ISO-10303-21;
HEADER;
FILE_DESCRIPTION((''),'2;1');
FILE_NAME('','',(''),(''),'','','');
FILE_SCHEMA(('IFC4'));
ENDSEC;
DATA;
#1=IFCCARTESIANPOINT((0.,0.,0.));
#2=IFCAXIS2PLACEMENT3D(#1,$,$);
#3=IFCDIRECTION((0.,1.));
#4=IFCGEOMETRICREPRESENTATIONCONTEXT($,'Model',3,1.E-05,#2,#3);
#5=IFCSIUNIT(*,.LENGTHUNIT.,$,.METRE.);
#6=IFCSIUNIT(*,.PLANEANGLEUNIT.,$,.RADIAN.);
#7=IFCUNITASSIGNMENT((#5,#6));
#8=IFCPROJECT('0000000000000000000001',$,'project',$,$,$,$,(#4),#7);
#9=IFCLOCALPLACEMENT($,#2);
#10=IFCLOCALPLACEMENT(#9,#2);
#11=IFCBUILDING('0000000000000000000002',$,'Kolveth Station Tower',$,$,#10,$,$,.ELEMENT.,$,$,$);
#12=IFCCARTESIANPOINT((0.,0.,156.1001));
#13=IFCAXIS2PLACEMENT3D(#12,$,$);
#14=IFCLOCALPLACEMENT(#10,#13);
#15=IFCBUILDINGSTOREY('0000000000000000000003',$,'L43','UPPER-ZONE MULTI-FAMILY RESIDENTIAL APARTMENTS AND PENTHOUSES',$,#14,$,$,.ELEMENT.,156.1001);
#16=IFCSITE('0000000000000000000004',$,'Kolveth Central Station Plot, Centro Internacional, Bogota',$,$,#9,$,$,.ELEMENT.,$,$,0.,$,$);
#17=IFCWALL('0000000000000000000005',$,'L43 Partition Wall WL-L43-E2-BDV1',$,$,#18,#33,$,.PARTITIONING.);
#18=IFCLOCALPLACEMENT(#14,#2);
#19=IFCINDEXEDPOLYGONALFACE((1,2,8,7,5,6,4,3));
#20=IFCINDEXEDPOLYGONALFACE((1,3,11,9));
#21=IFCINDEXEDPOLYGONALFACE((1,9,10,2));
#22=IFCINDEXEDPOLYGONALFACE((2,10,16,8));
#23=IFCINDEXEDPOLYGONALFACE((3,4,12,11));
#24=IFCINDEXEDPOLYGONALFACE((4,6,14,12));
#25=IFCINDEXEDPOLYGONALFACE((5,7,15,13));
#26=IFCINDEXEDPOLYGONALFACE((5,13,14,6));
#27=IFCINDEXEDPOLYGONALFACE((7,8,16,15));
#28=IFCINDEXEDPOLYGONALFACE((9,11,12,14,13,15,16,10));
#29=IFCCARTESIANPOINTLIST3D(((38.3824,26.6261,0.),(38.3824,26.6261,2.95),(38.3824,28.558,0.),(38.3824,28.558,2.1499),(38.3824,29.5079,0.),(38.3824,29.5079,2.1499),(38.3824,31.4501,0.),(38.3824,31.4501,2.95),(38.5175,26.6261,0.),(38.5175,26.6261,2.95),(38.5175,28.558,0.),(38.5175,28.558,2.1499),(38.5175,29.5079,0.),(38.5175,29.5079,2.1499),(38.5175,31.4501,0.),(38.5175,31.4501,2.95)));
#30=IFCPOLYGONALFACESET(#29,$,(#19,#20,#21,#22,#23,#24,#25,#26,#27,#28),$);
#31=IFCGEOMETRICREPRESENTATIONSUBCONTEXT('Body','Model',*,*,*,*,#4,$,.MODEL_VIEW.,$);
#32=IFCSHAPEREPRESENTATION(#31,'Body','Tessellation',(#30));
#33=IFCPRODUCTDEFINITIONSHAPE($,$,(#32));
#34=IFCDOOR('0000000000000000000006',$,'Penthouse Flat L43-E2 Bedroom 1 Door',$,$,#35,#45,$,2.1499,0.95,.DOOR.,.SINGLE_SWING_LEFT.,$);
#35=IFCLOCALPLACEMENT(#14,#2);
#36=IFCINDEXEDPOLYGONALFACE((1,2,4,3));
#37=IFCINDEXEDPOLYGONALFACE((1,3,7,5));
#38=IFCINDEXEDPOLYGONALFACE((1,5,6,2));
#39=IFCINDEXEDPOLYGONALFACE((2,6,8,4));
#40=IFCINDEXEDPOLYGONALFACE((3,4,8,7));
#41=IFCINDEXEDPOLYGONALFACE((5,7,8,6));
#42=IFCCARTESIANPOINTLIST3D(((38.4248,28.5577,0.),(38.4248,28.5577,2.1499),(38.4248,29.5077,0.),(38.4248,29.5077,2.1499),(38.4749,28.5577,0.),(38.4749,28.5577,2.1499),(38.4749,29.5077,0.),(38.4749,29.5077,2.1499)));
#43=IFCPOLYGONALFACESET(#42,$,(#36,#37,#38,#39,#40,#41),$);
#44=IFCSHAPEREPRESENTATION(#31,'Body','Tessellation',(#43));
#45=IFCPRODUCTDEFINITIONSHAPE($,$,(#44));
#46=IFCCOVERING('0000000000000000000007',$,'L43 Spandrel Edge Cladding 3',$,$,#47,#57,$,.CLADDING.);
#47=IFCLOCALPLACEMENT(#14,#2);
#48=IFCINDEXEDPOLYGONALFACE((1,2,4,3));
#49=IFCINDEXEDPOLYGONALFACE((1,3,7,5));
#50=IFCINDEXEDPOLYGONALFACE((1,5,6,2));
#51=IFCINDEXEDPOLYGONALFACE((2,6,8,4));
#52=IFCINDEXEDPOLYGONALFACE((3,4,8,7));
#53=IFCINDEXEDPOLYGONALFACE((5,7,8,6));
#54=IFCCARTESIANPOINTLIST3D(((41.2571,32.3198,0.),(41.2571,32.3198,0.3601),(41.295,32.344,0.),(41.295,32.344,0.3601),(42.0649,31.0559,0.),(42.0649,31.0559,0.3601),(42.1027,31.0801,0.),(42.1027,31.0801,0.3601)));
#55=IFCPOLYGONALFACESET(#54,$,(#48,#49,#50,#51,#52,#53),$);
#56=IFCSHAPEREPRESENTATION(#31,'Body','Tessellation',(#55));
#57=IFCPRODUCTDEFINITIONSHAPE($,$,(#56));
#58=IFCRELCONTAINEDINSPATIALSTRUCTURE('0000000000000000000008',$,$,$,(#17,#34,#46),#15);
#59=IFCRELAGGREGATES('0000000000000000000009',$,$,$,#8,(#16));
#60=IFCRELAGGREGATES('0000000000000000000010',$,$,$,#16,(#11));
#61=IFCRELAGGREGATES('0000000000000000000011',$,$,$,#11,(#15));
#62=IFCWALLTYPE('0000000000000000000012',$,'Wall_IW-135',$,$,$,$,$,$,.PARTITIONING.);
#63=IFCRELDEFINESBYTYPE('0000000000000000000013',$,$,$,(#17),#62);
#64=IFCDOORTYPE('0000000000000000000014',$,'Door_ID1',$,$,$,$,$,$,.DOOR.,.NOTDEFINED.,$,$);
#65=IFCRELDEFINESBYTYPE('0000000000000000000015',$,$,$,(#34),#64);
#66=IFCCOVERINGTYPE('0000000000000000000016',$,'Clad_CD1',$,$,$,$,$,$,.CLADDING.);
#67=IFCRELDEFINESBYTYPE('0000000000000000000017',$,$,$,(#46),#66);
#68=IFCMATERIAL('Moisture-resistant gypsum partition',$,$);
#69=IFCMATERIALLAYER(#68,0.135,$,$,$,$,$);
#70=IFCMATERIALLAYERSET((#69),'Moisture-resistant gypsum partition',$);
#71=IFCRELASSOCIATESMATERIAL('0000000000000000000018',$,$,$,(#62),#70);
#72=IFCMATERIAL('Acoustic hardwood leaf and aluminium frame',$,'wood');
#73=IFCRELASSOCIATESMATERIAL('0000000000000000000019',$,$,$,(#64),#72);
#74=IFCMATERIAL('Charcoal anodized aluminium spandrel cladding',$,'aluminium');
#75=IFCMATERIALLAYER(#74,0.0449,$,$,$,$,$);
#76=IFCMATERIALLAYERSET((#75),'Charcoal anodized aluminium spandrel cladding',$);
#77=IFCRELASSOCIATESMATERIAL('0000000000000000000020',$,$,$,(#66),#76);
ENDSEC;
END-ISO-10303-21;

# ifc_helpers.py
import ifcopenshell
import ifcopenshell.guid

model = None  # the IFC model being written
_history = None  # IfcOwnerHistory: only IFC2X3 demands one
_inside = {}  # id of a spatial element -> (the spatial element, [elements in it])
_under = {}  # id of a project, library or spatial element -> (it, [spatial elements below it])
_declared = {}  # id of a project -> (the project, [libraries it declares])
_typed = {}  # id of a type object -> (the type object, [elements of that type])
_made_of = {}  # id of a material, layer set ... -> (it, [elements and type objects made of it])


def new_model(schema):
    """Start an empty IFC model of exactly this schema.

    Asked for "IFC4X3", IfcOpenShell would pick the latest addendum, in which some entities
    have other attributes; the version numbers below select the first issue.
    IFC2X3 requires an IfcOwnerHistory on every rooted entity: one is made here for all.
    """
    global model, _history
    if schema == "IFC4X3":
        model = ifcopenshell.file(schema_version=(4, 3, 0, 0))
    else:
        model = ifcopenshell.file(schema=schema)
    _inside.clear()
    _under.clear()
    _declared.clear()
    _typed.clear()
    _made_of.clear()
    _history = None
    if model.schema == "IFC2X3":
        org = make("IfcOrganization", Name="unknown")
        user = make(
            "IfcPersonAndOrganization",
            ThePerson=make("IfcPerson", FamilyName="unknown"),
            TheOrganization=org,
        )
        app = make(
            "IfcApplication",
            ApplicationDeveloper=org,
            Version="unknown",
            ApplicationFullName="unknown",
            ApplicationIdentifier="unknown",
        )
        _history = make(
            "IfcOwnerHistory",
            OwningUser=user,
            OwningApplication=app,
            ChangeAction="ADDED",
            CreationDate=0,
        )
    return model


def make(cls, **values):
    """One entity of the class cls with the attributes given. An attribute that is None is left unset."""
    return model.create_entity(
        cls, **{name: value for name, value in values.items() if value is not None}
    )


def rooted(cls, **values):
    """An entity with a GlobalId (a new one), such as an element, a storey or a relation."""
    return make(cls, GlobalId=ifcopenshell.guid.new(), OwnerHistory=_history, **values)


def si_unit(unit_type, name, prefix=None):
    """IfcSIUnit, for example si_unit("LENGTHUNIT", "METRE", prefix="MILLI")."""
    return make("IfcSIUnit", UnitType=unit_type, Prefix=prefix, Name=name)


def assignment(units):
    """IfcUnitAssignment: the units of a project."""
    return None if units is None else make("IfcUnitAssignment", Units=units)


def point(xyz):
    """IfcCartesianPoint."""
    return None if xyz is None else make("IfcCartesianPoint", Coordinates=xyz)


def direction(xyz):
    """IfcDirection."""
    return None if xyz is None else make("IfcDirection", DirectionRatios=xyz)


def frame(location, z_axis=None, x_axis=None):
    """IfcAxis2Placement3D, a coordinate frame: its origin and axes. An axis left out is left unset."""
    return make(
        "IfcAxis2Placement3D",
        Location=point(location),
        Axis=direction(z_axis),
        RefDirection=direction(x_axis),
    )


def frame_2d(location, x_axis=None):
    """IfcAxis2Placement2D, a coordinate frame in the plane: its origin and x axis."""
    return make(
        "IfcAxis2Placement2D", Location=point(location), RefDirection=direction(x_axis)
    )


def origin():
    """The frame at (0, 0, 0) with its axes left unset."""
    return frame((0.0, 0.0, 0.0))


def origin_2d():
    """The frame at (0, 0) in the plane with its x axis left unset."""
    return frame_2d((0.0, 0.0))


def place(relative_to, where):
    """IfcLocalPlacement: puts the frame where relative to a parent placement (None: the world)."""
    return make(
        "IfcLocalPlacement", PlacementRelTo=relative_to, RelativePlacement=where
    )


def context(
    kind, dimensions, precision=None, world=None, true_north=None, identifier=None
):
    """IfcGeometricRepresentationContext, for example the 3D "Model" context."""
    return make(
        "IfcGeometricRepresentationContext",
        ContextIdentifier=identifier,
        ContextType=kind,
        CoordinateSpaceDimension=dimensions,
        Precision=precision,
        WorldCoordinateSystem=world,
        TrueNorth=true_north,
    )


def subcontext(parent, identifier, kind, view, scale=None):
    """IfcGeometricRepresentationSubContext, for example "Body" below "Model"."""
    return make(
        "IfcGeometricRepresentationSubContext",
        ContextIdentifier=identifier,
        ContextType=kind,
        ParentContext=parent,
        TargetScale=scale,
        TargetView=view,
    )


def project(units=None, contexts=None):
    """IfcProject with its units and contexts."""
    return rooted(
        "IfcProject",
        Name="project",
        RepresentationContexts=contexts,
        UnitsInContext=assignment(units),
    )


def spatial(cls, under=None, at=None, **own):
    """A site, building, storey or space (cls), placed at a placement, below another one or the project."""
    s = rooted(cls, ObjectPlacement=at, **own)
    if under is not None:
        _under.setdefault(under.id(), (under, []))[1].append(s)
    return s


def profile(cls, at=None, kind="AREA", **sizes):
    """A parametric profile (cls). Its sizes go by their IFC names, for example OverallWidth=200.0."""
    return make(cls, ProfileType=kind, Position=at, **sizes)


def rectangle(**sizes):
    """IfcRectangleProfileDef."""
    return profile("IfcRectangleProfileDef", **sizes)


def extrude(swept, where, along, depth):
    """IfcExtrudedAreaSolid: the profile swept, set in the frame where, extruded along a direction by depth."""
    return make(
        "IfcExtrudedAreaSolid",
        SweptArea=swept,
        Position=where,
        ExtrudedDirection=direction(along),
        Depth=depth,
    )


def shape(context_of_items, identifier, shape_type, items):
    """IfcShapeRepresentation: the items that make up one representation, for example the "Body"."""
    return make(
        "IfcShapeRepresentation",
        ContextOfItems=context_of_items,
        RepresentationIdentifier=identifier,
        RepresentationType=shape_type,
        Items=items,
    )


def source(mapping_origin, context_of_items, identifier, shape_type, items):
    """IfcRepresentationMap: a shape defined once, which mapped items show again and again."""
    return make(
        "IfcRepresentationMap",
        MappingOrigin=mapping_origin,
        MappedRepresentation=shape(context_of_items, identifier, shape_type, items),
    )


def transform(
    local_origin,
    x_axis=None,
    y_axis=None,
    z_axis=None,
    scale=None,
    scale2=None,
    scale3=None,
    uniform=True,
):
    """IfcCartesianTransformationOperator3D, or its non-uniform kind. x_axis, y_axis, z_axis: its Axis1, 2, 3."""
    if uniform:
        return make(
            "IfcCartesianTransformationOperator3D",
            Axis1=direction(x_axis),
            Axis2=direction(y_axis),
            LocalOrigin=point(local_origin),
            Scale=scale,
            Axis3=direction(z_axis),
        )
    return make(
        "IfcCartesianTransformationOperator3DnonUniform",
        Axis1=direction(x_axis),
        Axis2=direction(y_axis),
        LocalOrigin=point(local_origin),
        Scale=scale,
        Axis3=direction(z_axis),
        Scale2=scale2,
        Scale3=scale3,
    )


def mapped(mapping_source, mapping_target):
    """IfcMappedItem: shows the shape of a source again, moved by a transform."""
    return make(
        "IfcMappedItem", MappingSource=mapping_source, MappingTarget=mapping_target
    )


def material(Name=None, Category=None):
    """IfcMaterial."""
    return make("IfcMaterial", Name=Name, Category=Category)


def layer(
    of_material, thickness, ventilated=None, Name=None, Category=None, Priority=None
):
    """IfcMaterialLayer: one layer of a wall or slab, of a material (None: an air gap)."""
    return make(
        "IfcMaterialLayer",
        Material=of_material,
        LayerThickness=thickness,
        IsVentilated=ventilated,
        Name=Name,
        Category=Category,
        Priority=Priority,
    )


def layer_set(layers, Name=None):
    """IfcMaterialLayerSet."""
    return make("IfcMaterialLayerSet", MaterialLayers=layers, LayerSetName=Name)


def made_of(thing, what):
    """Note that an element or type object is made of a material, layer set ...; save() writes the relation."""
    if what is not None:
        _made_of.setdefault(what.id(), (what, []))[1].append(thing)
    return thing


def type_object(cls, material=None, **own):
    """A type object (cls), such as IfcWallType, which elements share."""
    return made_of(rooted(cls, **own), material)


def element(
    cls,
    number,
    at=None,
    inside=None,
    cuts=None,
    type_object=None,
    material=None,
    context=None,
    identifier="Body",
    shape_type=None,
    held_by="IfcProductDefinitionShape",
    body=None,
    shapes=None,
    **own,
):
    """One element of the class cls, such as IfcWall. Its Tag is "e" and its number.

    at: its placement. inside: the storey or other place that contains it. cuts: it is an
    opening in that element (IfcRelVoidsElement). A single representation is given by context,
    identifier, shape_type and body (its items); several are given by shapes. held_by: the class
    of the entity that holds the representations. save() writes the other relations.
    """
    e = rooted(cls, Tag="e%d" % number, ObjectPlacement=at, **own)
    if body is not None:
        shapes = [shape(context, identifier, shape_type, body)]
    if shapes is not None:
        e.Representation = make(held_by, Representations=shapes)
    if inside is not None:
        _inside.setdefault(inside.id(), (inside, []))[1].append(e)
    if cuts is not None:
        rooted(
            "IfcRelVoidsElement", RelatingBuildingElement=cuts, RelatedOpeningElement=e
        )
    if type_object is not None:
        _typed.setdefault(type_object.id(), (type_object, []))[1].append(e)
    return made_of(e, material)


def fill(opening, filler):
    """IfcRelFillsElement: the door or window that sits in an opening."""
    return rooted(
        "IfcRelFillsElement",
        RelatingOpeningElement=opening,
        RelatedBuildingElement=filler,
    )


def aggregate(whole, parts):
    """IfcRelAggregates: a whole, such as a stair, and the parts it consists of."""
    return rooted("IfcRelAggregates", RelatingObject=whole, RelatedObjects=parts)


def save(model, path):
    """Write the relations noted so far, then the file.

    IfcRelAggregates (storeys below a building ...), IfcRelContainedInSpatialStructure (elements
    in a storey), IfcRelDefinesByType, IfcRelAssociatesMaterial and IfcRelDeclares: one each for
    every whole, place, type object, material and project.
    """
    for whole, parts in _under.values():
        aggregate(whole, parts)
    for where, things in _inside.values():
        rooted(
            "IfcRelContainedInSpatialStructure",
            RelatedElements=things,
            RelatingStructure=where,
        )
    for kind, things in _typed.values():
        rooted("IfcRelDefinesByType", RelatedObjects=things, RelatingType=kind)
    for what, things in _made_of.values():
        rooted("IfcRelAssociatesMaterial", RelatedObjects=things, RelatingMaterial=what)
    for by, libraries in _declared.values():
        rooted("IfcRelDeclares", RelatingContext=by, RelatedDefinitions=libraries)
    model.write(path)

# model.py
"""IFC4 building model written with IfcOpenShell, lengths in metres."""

from ifc_helpers import new_model, si_unit, direction, frame, frame_2d, origin, origin_2d, place, context, subcontext, project, spatial, rectangle, extrude, source, transform, mapped, material, layer, layer_set, type_object, element, fill, save


model = new_model("IFC4")

# Units and contexts
model_context = context("Model", 3, precision=1e-05, world=origin(), true_north=direction((0.0, 1.0)))
body_context = subcontext(model_context, "Body", "Model", "MODEL_VIEW")
ifc_project = project(units=[si_unit("LENGTHUNIT", "METRE"), si_unit("PLANEANGLEUNIT", "RADIAN")], contexts=[model_context])

# Site, building, storey
site_placement = place(None, origin())
site = spatial("IfcSite", under=ifc_project, at=site_placement, Name="Kolveth Central Station Plot, Centro Internacional, Bogota", CompositionType="ELEMENT", RefElevation=0.0)
building_placement = place(site_placement, origin())
building = spatial("IfcBuilding", under=site, at=building_placement, Name="Kolveth Station Tower", CompositionType="ELEMENT")
storey_placement = place(building_placement, frame((0.0, 0.0, 156.1001)))
storey = spatial("IfcBuildingStorey", under=building, at=storey_placement, Name="L43", Description="UPPER-ZONE MULTI-FAMILY RESIDENTIAL APARTMENTS AND PENTHOUSES", CompositionType="ELEMENT", Elevation=156.1001)

# Shared definitions
ifc_material_1 = material(Name="Moisture-resistant gypsum partition")
ifc_layer_1 = layer(ifc_material_1, 0.135)
ifc_layer_set_1 = layer_set([ifc_layer_1], Name="Moisture-resistant gypsum partition")
wall_type = type_object("IfcWallType", Name="Wall_IW-135", PredefinedType="PARTITIONING", material=ifc_layer_set_1)
ifc_material_2 = material(Name="Acoustic hardwood leaf and aluminium frame", Category="wood")
door_type_1 = type_object("IfcDoorType", Name="Door_ID1", OperationType="NOTDEFINED", PredefinedType="DOOR", material=ifc_material_2)

# Wall, opening, door
wall_1_placement = place(storey_placement, frame((38.45, 26.626, 0.0), z_axis=(0.0, 0.0, 1.0), x_axis=(0.0, 1.0, 0.0)))
wall_1 = element("IfcWall", 1, at=wall_1_placement, inside=storey, type_object=wall_type, Name="L43 Partition Wall WL-L43-E2-BDV1", PredefinedType="PARTITIONING", context=body_context, shape_type="SweptSolid", body=[
    extrude(rectangle(XDim=4.824, YDim=0.135, at=frame_2d((2.4121, 0.0))), origin(), (0.0, 0.0, 1.0), 2.95),
])
opening_1_placement = place(wall_1_placement, frame((1.9319, 0.0, 0.0)))
opening_1 = element("IfcOpeningElement", 2, at=opening_1_placement, cuts=wall_1, PredefinedType="OPENING", context=body_context, shape_type="SweptSolid", body=[
    extrude(rectangle(XDim=0.95, YDim=2.1499, at=frame_2d((0.4751, 1.075))), frame((0.0, 0.0774, 0.0), z_axis=(0.0, -1.0, 0.0), x_axis=(1.0, 0.0, 0.0)), (0.0, 0.0, 1.0), 0.155),
])
door_1_placement = place(opening_1_placement, frame((0.95, 0.0, 0.0), z_axis=(0.0, 0.0, 1.0), x_axis=(-1.0, 0.0, 0.0)))
door_1 = element("IfcDoor", 3, at=door_1_placement, inside=storey, type_object=door_type_1, Name="Penthouse Flat L43-E2 Bedroom 1 Door", OperationType="SINGLE_SWING_LEFT", OverallHeight=2.1499, OverallWidth=0.95, PredefinedType="DOOR", context=body_context, shape_type="SweptSolid", body=[
    extrude(rectangle(XDim=0.95, YDim=2.1499, at=frame_2d((0.4751, 1.075))), frame((0.0, 0.0249, 0.0), z_axis=(0.0, -1.0, 0.0), x_axis=(1.0, 0.0, 0.0)), (0.0, 0.0, 1.0), 0.05),
])
fill(opening_1, door_1)

# Covering
ifc_material_3 = material(Name="Charcoal anodized aluminium spandrel cladding", Category="aluminium")
ifc_layer_2 = layer(ifc_material_3, 0.0449)
ifc_layer_set_2 = layer_set([ifc_layer_2], Name="Charcoal anodized aluminium spandrel cladding")
covering_type = type_object("IfcCoveringType", Name="Clad_CD1", PredefinedType="CLADDING", material=ifc_layer_set_2)
shared_shape_1 = source(origin(), body_context, "Body", "SweptSolid", [
    extrude(rectangle(XDim=1.5, YDim=0.0449, at=origin_2d()), origin(), (0.0, 0.0, 1.0), 0.3601),
])
covering_placement = place(storey_placement, frame((41.6799, 31.7, 0.0), z_axis=(0.0, 0.0, 1.0), x_axis=(-0.538477, 0.84264, 0.0)))
element("IfcCovering", 4, at=covering_placement, inside=storey, type_object=covering_type, Name="L43 Spandrel Edge Cladding 3", PredefinedType="CLADDING", context=body_context, shape_type="MappedRepresentation", body=[
    mapped(shared_shape_1, transform((0.0, 0.0, 0.0), x_axis=(1.0, 0.0, 0.0), y_axis=(0.0, 1.0, 0.0), z_axis=(0.0, 0.0, 1.0), scale=1.0)),
])

save(model, "model.ifc")
